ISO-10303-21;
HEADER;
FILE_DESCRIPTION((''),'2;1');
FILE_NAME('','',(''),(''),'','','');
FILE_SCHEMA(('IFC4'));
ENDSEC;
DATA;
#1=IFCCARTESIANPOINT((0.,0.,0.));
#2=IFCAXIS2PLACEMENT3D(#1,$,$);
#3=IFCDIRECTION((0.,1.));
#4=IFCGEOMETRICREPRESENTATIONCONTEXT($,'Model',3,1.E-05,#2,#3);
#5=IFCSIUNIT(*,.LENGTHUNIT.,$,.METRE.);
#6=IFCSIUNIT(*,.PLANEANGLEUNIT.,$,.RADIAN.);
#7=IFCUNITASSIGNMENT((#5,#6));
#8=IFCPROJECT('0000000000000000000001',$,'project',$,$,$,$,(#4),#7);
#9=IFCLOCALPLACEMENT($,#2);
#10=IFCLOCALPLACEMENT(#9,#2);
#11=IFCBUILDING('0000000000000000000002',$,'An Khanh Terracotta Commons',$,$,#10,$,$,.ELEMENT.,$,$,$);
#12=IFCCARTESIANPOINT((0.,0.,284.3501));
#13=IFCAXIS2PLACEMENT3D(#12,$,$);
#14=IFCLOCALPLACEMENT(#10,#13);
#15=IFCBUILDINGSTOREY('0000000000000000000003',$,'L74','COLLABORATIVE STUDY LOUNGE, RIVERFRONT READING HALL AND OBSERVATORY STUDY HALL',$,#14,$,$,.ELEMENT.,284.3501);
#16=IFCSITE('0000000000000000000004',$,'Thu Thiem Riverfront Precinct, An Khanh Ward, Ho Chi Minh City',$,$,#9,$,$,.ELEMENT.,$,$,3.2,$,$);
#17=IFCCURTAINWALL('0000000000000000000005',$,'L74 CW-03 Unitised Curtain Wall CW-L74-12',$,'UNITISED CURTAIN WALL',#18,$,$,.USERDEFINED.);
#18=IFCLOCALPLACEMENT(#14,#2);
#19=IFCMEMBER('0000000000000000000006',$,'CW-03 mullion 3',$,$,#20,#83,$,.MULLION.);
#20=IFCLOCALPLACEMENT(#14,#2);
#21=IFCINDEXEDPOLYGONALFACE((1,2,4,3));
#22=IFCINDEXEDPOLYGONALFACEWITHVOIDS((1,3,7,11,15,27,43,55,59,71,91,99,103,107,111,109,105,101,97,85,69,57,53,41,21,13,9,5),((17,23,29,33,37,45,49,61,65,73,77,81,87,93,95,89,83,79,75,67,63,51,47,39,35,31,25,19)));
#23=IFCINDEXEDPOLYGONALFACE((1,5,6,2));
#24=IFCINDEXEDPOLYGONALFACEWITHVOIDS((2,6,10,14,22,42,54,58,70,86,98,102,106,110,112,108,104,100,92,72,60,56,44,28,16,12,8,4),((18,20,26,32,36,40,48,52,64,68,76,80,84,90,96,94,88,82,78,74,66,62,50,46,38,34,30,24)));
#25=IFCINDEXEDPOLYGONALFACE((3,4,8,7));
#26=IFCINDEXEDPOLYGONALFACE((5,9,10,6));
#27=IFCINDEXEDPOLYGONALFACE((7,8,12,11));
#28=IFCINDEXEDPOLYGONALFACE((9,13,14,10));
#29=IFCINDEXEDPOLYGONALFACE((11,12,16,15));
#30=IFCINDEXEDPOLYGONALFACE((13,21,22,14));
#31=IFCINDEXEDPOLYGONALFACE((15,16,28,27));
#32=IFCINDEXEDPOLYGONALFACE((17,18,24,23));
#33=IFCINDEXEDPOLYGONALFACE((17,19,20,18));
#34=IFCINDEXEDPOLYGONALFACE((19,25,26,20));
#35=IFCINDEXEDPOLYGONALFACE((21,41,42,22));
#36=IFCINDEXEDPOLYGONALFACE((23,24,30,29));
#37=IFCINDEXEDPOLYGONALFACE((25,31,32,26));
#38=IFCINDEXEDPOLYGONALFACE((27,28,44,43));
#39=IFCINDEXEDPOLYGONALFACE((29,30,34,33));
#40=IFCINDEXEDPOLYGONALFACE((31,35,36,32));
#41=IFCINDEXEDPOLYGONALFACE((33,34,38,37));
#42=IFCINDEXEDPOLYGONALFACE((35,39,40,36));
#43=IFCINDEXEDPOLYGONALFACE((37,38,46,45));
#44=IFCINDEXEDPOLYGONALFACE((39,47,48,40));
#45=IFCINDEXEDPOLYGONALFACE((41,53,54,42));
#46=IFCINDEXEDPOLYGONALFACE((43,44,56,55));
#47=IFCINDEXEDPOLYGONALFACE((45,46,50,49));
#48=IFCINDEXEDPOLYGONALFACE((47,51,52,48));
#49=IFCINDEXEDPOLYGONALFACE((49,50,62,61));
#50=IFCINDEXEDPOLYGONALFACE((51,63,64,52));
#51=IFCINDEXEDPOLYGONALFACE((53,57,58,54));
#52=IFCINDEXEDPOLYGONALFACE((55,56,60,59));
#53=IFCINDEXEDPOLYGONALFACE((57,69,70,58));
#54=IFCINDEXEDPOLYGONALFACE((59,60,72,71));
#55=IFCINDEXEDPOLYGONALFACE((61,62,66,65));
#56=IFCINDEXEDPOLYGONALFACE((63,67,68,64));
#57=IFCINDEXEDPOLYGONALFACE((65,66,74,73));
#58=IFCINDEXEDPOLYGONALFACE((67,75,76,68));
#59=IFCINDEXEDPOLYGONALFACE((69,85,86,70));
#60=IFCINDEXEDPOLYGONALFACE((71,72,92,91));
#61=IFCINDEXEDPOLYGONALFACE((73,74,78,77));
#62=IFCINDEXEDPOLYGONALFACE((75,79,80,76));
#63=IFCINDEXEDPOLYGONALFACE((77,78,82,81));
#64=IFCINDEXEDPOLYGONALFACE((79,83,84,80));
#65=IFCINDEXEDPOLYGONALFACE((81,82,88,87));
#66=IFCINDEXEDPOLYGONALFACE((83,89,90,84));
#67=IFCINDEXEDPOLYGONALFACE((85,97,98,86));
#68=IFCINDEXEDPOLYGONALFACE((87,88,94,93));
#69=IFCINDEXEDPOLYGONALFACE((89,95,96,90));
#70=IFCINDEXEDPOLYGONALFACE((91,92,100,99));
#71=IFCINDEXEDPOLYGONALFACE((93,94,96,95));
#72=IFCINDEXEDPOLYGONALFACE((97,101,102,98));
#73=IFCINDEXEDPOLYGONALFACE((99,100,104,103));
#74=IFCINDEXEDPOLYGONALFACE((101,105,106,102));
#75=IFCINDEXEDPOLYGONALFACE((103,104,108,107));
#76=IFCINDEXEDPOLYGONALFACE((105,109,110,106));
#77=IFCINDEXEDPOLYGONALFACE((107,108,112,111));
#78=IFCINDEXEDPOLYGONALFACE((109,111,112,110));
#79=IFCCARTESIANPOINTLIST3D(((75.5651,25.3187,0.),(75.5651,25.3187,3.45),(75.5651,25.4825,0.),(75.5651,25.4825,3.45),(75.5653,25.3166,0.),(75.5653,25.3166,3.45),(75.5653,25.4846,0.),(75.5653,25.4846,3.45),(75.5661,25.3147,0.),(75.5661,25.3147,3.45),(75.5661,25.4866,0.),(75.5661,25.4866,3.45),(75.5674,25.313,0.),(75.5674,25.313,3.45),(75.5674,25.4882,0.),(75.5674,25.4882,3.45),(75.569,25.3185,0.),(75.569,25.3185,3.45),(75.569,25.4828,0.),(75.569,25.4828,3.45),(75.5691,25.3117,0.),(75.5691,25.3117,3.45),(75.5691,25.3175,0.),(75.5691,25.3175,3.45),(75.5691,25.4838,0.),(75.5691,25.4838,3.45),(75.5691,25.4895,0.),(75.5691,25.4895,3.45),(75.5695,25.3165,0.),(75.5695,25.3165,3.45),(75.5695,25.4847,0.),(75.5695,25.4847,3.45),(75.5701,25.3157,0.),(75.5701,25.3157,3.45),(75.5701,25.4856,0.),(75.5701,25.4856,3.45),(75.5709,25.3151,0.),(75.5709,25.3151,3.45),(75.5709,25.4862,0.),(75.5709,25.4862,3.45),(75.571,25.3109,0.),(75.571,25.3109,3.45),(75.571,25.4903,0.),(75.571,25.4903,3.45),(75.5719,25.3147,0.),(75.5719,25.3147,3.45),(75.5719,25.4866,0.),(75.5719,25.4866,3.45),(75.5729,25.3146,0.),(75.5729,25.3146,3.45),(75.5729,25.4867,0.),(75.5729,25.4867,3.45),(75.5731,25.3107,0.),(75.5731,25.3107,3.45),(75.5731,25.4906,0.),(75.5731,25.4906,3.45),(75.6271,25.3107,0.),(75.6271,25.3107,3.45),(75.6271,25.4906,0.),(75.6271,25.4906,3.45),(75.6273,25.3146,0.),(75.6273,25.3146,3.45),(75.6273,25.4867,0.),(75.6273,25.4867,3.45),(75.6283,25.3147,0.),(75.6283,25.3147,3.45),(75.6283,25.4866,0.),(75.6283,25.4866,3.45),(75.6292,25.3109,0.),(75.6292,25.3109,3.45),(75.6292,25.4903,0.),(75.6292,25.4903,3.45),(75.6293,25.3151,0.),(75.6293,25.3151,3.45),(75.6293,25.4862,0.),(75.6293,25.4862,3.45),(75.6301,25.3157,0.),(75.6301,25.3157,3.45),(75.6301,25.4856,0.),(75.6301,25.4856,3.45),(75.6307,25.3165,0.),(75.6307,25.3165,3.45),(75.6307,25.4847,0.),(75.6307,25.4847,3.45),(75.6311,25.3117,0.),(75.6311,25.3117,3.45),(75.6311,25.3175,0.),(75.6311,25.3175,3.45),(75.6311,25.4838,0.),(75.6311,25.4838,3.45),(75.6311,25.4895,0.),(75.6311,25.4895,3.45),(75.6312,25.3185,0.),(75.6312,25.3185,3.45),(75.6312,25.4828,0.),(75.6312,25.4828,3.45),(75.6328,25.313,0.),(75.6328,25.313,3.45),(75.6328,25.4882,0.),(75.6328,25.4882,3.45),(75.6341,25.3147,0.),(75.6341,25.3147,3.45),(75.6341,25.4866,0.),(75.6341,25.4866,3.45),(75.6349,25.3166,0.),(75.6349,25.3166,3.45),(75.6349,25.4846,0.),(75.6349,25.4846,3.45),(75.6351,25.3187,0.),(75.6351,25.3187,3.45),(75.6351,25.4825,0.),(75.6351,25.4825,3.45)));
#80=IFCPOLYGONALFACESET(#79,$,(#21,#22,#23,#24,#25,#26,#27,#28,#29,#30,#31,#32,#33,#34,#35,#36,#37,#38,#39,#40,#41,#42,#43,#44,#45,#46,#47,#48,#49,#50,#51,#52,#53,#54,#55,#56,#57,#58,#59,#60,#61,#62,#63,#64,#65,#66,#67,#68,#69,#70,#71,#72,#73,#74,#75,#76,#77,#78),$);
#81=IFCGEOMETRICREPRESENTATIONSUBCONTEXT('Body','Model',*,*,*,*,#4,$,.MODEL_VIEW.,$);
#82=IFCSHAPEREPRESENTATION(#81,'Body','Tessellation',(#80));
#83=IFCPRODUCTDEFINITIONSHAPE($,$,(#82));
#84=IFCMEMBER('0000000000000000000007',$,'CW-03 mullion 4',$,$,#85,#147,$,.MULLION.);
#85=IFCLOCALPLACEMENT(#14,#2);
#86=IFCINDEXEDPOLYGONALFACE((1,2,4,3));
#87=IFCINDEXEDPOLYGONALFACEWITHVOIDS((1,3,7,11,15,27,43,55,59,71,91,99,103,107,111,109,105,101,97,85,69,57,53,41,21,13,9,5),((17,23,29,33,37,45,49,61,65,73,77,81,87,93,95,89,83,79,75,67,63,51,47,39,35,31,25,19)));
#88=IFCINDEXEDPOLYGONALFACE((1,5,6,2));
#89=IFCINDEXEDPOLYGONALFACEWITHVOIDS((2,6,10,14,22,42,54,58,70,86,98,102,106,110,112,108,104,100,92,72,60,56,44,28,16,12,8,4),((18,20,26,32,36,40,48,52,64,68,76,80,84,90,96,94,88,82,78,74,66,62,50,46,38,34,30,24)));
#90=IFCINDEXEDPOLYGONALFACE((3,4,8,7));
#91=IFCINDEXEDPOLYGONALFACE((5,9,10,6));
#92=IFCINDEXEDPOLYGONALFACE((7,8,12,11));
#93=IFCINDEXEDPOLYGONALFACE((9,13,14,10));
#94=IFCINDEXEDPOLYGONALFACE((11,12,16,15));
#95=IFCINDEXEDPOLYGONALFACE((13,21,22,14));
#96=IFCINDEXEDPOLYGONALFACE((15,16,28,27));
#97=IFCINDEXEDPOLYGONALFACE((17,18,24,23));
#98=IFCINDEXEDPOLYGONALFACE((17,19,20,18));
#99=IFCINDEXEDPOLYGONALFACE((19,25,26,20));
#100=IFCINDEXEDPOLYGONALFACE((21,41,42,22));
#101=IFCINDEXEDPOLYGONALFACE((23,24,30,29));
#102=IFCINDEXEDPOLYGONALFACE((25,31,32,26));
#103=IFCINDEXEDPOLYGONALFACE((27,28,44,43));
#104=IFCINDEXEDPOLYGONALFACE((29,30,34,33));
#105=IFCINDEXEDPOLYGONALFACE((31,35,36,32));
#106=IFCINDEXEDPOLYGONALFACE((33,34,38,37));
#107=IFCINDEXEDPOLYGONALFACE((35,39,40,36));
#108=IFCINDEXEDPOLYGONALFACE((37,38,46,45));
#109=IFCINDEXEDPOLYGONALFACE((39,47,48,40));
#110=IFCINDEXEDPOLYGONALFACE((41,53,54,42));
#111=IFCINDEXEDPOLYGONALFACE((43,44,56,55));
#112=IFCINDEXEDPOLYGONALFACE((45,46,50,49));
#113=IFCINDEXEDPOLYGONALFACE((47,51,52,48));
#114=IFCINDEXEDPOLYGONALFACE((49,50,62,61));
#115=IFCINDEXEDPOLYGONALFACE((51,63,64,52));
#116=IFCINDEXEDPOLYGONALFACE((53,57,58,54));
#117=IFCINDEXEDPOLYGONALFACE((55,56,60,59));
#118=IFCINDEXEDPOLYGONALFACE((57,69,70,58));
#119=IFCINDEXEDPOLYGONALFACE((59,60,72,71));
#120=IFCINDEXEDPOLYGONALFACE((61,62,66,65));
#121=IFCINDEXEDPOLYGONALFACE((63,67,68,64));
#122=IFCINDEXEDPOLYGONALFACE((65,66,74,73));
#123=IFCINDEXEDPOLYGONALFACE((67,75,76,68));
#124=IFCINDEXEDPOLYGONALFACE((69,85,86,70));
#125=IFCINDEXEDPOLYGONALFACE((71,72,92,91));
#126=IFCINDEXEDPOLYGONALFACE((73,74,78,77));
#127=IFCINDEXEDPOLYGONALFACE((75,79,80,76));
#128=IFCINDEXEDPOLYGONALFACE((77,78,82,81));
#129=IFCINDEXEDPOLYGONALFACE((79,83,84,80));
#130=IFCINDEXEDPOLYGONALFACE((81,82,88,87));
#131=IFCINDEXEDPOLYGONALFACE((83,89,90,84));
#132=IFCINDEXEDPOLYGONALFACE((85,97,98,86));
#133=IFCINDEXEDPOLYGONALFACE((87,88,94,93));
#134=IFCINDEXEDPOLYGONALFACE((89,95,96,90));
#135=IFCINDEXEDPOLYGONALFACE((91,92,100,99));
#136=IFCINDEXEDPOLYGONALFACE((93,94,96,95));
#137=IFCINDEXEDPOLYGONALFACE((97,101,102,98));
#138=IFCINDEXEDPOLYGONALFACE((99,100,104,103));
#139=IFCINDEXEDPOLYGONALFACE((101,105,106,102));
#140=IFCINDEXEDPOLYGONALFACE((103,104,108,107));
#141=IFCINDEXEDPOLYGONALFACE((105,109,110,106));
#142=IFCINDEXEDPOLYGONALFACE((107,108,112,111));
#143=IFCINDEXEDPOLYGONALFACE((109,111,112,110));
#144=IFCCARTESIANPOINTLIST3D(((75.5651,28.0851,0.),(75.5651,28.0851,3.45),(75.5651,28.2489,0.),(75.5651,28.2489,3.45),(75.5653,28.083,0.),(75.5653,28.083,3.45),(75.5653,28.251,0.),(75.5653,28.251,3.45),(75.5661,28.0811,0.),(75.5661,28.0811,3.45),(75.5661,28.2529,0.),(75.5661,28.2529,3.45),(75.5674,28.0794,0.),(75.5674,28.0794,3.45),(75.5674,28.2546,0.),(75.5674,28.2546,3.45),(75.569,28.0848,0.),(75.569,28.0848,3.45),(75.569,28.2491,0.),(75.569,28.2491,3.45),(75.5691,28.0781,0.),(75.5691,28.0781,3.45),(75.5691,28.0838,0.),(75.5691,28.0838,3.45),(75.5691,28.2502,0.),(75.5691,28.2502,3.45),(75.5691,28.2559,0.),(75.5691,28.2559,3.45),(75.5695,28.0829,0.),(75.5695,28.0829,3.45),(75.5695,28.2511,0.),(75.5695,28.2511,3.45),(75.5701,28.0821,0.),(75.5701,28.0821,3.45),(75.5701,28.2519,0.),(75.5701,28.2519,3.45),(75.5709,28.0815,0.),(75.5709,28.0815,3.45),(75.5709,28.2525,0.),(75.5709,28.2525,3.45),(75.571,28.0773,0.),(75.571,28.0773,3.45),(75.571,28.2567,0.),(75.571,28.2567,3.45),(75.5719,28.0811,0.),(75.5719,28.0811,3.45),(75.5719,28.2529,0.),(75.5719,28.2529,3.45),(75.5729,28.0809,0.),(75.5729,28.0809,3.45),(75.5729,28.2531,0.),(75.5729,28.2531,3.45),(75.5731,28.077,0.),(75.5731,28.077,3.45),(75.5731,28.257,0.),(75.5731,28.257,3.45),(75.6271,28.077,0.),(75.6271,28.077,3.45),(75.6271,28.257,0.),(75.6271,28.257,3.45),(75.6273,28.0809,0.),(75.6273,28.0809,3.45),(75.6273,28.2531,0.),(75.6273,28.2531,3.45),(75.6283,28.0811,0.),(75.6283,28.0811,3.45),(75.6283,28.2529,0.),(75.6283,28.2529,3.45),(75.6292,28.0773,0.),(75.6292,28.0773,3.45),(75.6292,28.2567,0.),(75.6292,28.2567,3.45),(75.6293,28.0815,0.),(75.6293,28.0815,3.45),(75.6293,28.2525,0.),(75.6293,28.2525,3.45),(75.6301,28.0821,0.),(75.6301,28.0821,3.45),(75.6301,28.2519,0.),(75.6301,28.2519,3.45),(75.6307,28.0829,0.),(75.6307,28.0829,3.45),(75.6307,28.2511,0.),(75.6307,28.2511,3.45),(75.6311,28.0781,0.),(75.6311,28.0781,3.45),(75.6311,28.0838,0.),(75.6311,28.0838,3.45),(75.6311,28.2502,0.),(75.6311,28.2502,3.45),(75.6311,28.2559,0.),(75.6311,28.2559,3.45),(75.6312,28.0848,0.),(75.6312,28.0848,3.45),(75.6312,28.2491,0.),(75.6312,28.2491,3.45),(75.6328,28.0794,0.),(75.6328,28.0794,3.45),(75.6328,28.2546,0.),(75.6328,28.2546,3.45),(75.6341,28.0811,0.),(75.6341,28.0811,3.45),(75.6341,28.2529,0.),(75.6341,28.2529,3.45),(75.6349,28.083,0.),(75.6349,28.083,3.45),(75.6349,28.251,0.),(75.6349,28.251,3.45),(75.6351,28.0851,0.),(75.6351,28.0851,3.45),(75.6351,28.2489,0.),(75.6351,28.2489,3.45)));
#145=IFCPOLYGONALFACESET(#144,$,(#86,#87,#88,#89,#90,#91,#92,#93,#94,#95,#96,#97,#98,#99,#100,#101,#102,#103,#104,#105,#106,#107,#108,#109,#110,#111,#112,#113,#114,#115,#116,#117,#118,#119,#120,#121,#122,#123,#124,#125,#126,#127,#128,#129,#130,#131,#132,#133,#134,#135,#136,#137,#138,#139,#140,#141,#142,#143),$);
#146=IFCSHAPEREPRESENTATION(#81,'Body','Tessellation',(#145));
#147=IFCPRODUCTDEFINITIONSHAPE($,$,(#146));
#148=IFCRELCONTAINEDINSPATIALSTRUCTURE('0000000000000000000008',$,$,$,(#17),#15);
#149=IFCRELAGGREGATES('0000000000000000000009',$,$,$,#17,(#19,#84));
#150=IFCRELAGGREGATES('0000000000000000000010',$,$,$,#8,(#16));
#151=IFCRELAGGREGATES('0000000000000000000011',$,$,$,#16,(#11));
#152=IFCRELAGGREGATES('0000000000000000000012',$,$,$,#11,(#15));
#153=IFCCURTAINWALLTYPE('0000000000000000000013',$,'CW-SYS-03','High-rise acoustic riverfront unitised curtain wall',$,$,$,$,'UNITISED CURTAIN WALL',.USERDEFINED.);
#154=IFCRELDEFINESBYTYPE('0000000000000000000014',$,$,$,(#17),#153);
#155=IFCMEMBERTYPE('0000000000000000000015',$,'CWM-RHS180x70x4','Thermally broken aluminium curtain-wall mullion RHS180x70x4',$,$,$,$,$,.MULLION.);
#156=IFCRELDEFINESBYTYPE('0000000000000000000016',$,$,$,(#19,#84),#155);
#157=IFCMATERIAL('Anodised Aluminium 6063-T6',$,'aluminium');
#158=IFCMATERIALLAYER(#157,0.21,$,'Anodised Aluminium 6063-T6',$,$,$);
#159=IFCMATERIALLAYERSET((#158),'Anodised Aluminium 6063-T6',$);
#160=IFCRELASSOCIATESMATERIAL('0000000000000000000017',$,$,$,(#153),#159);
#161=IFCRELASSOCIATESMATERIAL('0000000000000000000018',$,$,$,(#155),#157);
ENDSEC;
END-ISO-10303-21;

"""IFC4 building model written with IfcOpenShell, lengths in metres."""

from ifc_helpers import new_model, si_unit, direction, frame, origin, origin_2d, place, context, subcontext, project, spatial, hollow_rectangle, extrude, material, layer, layer_set, material_profile, profile_set, type_object, element, aggregate, save


model = new_model("IFC4")

# Units and contexts
model_context = context("Model", 3, precision=1e-05, world=origin(), true_north=direction((0.0, 1.0)))
body_context = subcontext(model_context, "Body", "Model", "MODEL_VIEW")
ifc_project = project(units=[si_unit("LENGTHUNIT", "METRE"), si_unit("PLANEANGLEUNIT", "RADIAN")], contexts=[model_context])

# Site, building, storey
site_placement = place(None, origin())
site = spatial("IfcSite", under=ifc_project, at=site_placement, Name="Thu Thiem Riverfront Precinct, An Khanh Ward, Ho Chi Minh City", CompositionType="ELEMENT", RefElevation=3.2)
building_placement = place(site_placement, origin())
building = spatial("IfcBuilding", under=site, at=building_placement, Name="An Khanh Terracotta Commons", CompositionType="ELEMENT")
storey_placement = place(building_placement, frame((0.0, 0.0, 284.3501)))
storey = spatial("IfcBuildingStorey", under=building, at=storey_placement, Name="L74", Description="COLLABORATIVE STUDY LOUNGE, RIVERFRONT READING HALL AND OBSERVATORY STUDY HALL", CompositionType="ELEMENT", Elevation=284.3501)

# Curtain wall, members
ifc_material_1 = material(Name="Anodised Aluminium 6063-T6", Category="aluminium")
ifc_layer_1 = layer(ifc_material_1, 0.21, Name="Anodised Aluminium 6063-T6")
ifc_layer_set_1 = layer_set([ifc_layer_1], Name="Anodised Aluminium 6063-T6")
curtain_wall_type = type_object("IfcCurtainWallType", Name="CW-SYS-03", Description="High-rise acoustic riverfront unitised curtain wall", ElementType="UNITISED CURTAIN WALL", PredefinedType="USERDEFINED", material=ifc_layer_set_1)
curtain_wall_1_placement = place(storey_placement, origin())
curtain_wall_1 = element("IfcCurtainWall", 1, at=curtain_wall_1_placement, inside=storey, type_object=curtain_wall_type, Name="L74 CW-03 Unitised Curtain Wall CW-L74-12", ObjectType="UNITISED CURTAIN WALL", PredefinedType="USERDEFINED")
ifc_material_profile_1 = material_profile(ifc_material_1, hollow_rectangle(XDim=0.0701, YDim=0.1799, WallThickness=0.0039, InnerFilletRadius=0.0039, OuterFilletRadius=0.0081, at=origin_2d()), Name="RHS180x70x4")
ifc_profile_set_1 = profile_set([ifc_material_profile_1], Name="Anodised Aluminium 6063-T6")
member_type_1 = type_object("IfcMemberType", Name="CWM-RHS180x70x4", Description="Thermally broken aluminium curtain-wall mullion RHS180x70x4", PredefinedType="MULLION", material=ifc_profile_set_1)
member_1_placement = place(storey_placement, frame((75.6001, 25.4006, 0.0), z_axis=(0.0, 0.0, 1.0), x_axis=(-1.0, 0.0, 0.0)))
member_1 = element("IfcMember", 2, at=member_1_placement, type_object=member_type_1, Name="CW-03 mullion 3", PredefinedType="MULLION", context=body_context, shape_type="SweptSolid", body=[
    extrude(hollow_rectangle(XDim=0.0701, YDim=0.1799, WallThickness=0.0039, InnerFilletRadius=0.0039, OuterFilletRadius=0.0081, at=origin_2d()), origin(), (0.0, 0.0, 1.0), 3.45),
])
member_2_placement = place(storey_placement, frame((75.6001, 28.167, 0.0), z_axis=(0.0, 0.0, 1.0), x_axis=(-1.0, 0.0, 0.0)))
member_2 = element("IfcMember", 3, at=member_2_placement, type_object=member_type_1, Name="CW-03 mullion 4", PredefinedType="MULLION", context=body_context, shape_type="SweptSolid", body=[
    extrude(hollow_rectangle(XDim=0.0701, YDim=0.1799, WallThickness=0.0039, InnerFilletRadius=0.0039, OuterFilletRadius=0.0081, at=origin_2d()), origin(), (0.0, 0.0, 1.0), 3.45),
])

aggregate(curtain_wall_1, [member_1, member_2])

save(model, "model.ifc")
